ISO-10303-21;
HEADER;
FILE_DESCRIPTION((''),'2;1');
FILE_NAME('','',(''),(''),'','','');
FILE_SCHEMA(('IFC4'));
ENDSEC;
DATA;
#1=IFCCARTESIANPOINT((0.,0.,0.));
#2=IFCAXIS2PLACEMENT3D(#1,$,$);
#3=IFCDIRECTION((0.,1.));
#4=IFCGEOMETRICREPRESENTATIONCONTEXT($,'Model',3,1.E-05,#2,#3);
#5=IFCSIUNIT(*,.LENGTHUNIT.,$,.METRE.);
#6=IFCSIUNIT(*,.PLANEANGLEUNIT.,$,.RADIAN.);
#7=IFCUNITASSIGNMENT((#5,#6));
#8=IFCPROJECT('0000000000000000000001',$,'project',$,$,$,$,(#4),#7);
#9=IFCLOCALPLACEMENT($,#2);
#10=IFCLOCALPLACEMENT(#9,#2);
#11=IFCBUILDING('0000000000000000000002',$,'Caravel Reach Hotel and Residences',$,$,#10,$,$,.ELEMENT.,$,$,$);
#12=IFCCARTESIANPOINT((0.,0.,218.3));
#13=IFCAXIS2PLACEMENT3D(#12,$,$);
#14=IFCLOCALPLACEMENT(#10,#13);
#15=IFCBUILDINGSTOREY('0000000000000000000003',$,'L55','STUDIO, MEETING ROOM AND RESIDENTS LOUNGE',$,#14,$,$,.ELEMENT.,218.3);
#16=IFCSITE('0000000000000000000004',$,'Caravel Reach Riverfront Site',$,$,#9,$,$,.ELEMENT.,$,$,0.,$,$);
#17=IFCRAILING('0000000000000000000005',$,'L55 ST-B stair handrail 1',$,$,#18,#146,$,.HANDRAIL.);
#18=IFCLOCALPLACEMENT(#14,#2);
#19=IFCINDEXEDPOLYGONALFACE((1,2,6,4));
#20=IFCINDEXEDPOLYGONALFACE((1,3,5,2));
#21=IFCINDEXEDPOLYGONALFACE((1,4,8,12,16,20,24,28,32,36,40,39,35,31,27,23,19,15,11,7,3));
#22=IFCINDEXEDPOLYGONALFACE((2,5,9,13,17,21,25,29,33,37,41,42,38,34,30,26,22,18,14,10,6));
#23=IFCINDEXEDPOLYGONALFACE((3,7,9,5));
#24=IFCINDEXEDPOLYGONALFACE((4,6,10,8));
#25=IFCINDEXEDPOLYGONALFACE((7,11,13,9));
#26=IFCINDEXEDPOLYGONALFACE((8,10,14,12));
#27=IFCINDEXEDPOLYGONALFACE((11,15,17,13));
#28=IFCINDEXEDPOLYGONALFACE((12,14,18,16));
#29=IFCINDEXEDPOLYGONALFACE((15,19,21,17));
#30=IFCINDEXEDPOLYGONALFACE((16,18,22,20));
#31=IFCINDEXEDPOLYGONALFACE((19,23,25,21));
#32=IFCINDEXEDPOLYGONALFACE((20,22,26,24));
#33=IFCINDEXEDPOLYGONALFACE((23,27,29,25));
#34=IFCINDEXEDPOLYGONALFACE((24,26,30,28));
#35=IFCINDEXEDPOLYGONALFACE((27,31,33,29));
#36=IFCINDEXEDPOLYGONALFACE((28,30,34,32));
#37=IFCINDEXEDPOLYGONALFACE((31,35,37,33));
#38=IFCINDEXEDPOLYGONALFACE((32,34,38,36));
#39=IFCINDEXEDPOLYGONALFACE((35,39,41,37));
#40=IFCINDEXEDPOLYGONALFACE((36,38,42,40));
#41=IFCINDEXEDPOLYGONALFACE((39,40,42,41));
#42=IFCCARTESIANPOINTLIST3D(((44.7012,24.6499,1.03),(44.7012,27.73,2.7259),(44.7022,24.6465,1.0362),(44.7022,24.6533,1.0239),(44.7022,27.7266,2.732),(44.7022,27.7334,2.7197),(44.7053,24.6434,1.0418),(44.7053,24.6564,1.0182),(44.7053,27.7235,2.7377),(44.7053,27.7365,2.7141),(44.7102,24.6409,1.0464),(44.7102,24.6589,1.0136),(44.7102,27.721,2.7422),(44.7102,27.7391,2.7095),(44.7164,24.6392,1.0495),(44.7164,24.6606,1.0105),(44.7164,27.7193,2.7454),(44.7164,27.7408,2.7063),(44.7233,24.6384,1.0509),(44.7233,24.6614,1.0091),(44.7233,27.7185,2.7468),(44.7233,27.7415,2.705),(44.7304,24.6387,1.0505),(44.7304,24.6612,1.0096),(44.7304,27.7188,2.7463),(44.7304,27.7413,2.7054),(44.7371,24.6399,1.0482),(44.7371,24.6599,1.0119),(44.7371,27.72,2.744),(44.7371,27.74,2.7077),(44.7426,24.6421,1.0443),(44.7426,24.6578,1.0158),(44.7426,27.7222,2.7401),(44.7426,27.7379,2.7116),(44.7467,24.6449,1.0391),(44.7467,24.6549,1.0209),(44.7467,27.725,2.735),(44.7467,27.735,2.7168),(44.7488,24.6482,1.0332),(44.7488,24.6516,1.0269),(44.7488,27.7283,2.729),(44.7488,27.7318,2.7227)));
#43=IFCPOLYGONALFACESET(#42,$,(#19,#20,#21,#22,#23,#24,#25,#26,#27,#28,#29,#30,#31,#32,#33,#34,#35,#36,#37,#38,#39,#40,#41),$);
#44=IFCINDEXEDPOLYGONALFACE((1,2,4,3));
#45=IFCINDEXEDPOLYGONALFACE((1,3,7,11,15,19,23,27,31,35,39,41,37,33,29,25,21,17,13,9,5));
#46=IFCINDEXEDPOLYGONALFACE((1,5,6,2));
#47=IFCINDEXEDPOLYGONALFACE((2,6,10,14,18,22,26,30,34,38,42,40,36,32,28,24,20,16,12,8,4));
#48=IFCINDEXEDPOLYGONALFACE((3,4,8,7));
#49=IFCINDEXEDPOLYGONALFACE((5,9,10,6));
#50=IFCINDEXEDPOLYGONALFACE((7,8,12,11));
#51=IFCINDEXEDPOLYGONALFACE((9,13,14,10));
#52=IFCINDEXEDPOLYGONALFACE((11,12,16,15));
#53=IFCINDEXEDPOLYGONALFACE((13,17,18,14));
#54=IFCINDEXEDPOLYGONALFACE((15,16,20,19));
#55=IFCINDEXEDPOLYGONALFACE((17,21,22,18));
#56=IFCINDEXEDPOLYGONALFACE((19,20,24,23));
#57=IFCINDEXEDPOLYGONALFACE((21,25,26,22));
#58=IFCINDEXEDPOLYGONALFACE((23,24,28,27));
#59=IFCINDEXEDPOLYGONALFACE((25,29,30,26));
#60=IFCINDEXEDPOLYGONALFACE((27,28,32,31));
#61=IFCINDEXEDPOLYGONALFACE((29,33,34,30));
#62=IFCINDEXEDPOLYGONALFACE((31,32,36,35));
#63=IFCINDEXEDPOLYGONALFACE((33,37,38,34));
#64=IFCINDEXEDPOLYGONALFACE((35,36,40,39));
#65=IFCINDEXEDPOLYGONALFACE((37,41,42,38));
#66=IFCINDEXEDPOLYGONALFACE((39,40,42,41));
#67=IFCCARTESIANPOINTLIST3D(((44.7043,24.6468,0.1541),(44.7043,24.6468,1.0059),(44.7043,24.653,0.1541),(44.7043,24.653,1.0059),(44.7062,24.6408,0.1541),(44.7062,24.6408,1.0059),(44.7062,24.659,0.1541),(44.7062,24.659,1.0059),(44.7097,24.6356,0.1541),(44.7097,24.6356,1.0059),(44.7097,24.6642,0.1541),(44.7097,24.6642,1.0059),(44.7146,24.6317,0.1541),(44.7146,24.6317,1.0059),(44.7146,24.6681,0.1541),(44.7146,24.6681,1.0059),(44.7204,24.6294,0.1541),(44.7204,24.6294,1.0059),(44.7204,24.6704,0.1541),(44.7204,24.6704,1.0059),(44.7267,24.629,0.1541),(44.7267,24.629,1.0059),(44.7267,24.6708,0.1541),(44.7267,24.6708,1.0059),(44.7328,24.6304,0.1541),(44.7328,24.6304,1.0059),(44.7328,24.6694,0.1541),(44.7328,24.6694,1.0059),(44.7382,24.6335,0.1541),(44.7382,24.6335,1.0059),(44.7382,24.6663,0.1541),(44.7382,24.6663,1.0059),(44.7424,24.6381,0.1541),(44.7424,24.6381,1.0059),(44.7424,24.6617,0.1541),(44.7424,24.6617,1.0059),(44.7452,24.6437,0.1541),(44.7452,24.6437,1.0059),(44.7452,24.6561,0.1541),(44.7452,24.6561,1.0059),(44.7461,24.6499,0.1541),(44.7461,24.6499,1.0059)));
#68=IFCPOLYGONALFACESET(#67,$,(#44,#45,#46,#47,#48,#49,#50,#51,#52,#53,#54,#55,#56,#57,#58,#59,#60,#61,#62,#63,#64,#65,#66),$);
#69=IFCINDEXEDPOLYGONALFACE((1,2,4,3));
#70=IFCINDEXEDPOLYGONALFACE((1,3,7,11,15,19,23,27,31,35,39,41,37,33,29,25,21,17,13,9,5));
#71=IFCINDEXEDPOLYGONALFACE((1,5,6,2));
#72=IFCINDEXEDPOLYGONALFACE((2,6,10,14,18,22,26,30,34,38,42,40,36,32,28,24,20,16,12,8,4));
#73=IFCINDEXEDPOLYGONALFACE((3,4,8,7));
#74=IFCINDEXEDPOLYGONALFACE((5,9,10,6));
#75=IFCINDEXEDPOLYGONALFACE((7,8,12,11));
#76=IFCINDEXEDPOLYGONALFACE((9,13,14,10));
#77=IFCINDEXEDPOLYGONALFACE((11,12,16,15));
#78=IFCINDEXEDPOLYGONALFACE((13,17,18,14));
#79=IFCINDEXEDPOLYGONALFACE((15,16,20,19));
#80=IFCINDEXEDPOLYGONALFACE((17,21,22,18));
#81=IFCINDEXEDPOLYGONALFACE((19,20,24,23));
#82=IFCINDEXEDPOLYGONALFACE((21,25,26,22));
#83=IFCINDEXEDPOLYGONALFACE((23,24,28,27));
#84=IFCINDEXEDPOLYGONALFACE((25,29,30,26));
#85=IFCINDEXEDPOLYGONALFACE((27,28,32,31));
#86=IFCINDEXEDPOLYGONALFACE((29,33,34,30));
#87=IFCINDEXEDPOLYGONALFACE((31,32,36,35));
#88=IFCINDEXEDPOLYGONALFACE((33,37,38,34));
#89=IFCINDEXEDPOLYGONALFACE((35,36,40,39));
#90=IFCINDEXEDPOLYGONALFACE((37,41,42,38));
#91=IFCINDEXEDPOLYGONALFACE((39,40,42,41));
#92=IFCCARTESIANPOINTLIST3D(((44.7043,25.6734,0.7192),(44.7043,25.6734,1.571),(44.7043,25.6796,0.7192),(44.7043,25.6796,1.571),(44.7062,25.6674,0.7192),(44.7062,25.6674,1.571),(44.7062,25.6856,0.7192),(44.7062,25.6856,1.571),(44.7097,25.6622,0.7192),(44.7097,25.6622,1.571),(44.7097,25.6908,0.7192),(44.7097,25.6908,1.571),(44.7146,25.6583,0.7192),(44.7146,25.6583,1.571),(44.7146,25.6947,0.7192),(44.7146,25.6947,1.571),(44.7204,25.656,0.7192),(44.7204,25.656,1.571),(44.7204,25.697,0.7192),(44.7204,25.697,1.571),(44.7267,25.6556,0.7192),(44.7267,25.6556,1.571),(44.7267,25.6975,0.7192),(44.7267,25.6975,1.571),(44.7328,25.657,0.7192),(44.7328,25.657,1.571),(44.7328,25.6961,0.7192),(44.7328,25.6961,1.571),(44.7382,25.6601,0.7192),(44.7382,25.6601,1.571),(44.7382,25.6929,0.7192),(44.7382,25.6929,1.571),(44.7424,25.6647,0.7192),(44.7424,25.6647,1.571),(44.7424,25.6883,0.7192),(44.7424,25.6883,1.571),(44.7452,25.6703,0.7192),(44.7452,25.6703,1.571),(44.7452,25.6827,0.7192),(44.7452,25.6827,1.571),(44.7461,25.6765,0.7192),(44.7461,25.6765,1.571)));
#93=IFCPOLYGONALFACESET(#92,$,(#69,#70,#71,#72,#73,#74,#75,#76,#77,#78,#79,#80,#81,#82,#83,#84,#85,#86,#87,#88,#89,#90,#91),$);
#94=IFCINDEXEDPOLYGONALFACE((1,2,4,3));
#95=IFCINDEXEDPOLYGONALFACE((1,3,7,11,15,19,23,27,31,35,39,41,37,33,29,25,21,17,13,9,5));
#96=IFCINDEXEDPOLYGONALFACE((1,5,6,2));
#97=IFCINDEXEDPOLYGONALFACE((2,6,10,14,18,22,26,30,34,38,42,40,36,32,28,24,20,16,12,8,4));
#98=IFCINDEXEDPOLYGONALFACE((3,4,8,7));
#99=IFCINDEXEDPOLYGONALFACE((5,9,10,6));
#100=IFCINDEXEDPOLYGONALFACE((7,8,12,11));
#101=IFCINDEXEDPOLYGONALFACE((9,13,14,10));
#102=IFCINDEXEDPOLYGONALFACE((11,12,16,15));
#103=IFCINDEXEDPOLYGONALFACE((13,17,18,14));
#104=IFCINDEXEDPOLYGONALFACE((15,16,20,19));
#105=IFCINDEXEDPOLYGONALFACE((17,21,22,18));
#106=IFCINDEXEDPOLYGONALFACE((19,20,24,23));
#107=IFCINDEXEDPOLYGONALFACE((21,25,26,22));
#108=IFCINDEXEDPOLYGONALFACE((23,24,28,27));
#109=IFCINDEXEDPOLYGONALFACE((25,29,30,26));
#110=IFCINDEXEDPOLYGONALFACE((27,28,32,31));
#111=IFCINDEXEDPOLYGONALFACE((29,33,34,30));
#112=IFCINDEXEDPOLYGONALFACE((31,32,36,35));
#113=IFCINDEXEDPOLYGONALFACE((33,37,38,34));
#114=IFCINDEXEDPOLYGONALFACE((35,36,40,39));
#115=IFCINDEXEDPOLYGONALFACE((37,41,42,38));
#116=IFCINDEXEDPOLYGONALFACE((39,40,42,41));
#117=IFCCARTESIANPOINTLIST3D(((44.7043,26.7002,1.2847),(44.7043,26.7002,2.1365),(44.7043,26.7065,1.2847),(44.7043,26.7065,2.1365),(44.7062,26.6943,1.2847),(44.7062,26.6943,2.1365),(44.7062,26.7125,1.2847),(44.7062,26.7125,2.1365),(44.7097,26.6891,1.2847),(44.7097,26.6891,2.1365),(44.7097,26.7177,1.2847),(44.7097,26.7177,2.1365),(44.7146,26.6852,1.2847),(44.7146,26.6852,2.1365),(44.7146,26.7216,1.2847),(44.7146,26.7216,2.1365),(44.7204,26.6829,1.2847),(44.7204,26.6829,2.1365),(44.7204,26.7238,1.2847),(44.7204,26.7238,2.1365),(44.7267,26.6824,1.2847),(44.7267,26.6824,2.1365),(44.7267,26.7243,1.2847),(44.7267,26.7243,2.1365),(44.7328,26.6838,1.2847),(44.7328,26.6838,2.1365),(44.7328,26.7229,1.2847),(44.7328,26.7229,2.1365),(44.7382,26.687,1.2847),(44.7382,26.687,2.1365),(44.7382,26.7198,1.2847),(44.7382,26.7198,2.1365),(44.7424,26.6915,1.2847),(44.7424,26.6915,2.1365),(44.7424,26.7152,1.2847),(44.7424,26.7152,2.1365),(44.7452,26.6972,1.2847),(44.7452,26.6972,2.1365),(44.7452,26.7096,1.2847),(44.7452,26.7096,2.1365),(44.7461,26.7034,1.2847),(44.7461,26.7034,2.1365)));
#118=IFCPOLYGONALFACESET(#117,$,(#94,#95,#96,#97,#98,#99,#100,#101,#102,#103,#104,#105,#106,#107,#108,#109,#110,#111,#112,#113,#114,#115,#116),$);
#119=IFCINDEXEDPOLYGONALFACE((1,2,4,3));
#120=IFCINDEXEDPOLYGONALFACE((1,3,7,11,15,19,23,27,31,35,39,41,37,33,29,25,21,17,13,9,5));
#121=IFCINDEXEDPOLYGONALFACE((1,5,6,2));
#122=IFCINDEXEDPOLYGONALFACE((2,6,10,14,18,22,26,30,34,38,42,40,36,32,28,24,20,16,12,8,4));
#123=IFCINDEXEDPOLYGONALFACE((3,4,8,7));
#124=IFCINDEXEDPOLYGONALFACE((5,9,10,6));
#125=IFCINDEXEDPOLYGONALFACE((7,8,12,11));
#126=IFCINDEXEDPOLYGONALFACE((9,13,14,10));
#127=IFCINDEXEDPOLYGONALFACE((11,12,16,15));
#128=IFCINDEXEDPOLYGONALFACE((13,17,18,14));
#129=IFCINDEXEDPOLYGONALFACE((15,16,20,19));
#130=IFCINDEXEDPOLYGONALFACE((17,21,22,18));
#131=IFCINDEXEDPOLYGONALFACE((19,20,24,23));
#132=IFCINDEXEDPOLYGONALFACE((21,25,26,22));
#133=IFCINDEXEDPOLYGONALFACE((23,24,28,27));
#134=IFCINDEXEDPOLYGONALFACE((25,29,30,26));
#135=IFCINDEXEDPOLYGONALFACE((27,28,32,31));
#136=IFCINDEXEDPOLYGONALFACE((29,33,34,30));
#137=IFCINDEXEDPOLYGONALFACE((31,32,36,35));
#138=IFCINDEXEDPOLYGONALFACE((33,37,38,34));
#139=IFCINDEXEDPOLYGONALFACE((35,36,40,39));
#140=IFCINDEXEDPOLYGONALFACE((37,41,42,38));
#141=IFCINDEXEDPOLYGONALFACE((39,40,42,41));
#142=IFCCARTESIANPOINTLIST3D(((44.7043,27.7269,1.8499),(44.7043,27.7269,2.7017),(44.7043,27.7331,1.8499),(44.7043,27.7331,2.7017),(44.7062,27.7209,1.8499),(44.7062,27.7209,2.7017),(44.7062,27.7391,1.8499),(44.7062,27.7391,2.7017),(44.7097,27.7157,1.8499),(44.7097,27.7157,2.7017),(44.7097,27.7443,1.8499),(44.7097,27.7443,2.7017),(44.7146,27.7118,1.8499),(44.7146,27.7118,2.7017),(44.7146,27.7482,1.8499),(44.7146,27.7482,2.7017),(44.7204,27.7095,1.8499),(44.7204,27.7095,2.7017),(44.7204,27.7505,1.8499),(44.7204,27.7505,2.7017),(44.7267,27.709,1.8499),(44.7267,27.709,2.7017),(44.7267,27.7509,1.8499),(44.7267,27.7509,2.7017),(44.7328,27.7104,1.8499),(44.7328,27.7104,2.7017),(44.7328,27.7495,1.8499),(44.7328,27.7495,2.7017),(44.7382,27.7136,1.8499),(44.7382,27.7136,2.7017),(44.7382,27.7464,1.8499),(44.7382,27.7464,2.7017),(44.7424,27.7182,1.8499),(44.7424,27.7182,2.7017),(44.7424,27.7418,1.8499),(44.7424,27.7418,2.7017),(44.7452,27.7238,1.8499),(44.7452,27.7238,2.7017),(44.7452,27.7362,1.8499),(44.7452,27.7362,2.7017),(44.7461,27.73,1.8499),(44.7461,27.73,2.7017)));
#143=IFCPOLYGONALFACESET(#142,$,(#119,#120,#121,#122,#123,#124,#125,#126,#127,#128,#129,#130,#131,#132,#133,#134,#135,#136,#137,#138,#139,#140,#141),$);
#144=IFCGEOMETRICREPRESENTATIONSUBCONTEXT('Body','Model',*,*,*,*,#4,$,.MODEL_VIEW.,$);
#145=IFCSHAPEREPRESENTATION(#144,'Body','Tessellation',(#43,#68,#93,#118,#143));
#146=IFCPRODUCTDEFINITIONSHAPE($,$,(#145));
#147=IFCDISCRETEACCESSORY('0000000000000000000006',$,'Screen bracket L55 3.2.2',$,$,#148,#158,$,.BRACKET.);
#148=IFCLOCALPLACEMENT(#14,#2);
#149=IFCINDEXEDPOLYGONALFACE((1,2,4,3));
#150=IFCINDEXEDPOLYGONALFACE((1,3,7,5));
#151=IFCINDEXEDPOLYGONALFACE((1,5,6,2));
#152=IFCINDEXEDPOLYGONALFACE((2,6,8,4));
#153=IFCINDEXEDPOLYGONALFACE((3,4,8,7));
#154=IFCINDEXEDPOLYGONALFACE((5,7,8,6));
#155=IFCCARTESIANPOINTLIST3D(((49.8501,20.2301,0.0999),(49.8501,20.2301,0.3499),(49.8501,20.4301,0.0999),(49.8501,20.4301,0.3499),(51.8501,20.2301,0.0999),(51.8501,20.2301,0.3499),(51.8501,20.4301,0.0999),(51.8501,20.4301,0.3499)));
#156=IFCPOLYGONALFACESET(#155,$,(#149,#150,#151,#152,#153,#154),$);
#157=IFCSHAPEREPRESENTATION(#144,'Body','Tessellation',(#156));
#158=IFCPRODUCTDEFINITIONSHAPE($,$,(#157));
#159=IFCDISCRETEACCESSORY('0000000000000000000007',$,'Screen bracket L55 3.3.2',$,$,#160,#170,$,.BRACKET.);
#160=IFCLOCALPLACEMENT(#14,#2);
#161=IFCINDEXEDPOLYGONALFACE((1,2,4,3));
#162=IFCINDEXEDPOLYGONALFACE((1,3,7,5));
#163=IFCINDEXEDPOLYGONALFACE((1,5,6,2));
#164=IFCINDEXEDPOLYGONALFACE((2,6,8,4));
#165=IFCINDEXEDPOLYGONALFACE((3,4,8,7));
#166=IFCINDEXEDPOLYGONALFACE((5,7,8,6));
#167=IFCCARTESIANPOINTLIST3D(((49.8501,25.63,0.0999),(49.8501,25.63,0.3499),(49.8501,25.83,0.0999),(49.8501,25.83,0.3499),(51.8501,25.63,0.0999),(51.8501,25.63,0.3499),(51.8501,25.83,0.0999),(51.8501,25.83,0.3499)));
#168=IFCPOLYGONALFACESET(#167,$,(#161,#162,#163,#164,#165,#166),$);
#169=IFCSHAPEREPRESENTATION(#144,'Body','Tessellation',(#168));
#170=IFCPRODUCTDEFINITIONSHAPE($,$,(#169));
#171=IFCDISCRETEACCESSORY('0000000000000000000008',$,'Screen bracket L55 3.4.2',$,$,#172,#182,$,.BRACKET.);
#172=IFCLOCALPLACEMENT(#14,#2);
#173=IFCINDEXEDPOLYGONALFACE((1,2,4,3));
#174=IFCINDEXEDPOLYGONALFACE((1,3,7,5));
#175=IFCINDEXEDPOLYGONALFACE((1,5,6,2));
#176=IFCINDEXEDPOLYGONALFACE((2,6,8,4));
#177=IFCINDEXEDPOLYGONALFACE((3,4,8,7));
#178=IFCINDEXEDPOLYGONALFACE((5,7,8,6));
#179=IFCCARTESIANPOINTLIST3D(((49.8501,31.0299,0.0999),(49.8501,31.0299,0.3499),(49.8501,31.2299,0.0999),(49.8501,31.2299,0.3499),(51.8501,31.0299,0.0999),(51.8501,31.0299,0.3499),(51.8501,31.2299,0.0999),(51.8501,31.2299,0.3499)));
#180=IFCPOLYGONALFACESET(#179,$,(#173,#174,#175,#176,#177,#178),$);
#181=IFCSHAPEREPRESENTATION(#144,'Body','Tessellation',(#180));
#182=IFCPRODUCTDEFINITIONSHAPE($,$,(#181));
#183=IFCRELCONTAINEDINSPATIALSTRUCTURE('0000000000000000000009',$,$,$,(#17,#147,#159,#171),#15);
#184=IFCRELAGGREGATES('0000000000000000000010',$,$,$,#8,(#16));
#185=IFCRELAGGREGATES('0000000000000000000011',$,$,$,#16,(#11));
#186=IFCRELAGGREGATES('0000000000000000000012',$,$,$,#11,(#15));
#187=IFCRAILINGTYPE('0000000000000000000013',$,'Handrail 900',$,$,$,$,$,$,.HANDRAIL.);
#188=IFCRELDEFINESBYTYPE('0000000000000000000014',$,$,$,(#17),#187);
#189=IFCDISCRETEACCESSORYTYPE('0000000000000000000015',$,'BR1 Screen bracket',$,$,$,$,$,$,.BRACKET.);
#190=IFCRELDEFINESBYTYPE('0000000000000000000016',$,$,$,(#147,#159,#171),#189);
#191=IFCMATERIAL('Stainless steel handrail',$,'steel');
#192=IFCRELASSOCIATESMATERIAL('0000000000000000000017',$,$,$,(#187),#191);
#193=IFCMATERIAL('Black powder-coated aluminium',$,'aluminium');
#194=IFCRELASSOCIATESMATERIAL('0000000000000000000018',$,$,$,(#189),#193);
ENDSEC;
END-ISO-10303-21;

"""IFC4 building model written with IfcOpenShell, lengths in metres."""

from ifc_helpers import new_model, si_unit, direction, frame, origin, origin_2d, place, context, subcontext, project, spatial, rectangle, circle, extrude, material, type_object, element, save


model = new_model("IFC4")

# Units and contexts
model_context = context("Model", 3, precision=1e-05, world=origin(), true_north=direction((0.0, 1.0)))
body_context = subcontext(model_context, "Body", "Model", "MODEL_VIEW")
ifc_project = project(units=[si_unit("LENGTHUNIT", "METRE"), si_unit("PLANEANGLEUNIT", "RADIAN")], contexts=[model_context])

# Site, building, storey
site_placement = place(None, origin())
site = spatial("IfcSite", under=ifc_project, at=site_placement, Name="Caravel Reach Riverfront Site", CompositionType="ELEMENT", RefElevation=0.0)
building_placement = place(site_placement, origin())
building = spatial("IfcBuilding", under=site, at=building_placement, Name="Caravel Reach Hotel and Residences", CompositionType="ELEMENT")
storey_placement = place(building_placement, frame((0.0, 0.0, 218.3)))
storey = spatial("IfcBuildingStorey", under=building, at=storey_placement, Name="L55", Description="STUDIO, MEETING ROOM AND RESIDENTS LOUNGE", CompositionType="ELEMENT", Elevation=218.3)

# Railing
ifc_material_1 = material(Name="Stainless steel handrail", Category="steel")
railing_type_1 = type_object("IfcRailingType", Name="Handrail 900", PredefinedType="HANDRAIL", material=ifc_material_1)
railing_1_placement = place(storey_placement, frame((44.7251, 24.6499, 0.1541)))
element("IfcRailing", 1, at=railing_1_placement, inside=storey, type_object=railing_type_1, Name="L55 ST-B stair handrail 1", PredefinedType="HANDRAIL", context=body_context, shape_type="SweptSolid", body=[
    extrude(circle(Radius=0.0239, at=origin_2d()), frame((0.0, 0.0, 0.876), z_axis=(0.0, 0.876005, 0.482303), x_axis=(-1.0, 0.0, 0.0)), (0.0, 0.0, 1.0), 3.5161),
    extrude(circle(Radius=0.021, at=origin_2d()), origin(), (0.0, 0.0, 1.0), 0.8518),
    extrude(circle(Radius=0.021, at=origin_2d()), frame((0.0, 1.0266, 0.5652)), (0.0, 0.0, 1.0), 0.8518),
    extrude(circle(Radius=0.021, at=origin_2d()), frame((0.0, 2.0535, 1.1306)), (0.0, 0.0, 1.0), 0.8518),
    extrude(circle(Radius=0.021, at=origin_2d()), frame((0.0, 3.0801, 1.6958)), (0.0, 0.0, 1.0), 0.8518),
])

# Discrete accessories
ifc_material_2 = material(Name="Black powder-coated aluminium", Category="aluminium")
discrete_accessory_type = type_object("IfcDiscreteAccessoryType", Name="BR1 Screen bracket", PredefinedType="BRACKET", material=ifc_material_2)
for number, where, z_axis, x_axis, name in (
    (2, (50.8501, 20.3301, 0.0999), (0.0, 0.0, 1.0), (1.0, 0.0, 0.0), "Screen bracket L55 3.2.2"),
    (3, (50.8501, 25.73, 0.0999), (0.0, 0.0, 1.0), (1.0, 0.0, 0.0), "Screen bracket L55 3.3.2"),
    (4, (50.8501, 31.1299, 0.0999), (0.0, 0.0, 1.0), (1.0, 0.0, 0.0), "Screen bracket L55 3.4.2"),
):
    element("IfcDiscreteAccessory", number, at=place(storey_placement, frame(where, z_axis=z_axis, x_axis=x_axis)), inside=storey, type_object=discrete_accessory_type, Name=name, PredefinedType="BRACKET", context=body_context, shape_type="SweptSolid", body=[
        extrude(rectangle(XDim=2.0, YDim=0.2, at=origin_2d()), origin(), (0.0, 0.0, 1.0), 0.25),
    ])

save(model, "model.ifc")
